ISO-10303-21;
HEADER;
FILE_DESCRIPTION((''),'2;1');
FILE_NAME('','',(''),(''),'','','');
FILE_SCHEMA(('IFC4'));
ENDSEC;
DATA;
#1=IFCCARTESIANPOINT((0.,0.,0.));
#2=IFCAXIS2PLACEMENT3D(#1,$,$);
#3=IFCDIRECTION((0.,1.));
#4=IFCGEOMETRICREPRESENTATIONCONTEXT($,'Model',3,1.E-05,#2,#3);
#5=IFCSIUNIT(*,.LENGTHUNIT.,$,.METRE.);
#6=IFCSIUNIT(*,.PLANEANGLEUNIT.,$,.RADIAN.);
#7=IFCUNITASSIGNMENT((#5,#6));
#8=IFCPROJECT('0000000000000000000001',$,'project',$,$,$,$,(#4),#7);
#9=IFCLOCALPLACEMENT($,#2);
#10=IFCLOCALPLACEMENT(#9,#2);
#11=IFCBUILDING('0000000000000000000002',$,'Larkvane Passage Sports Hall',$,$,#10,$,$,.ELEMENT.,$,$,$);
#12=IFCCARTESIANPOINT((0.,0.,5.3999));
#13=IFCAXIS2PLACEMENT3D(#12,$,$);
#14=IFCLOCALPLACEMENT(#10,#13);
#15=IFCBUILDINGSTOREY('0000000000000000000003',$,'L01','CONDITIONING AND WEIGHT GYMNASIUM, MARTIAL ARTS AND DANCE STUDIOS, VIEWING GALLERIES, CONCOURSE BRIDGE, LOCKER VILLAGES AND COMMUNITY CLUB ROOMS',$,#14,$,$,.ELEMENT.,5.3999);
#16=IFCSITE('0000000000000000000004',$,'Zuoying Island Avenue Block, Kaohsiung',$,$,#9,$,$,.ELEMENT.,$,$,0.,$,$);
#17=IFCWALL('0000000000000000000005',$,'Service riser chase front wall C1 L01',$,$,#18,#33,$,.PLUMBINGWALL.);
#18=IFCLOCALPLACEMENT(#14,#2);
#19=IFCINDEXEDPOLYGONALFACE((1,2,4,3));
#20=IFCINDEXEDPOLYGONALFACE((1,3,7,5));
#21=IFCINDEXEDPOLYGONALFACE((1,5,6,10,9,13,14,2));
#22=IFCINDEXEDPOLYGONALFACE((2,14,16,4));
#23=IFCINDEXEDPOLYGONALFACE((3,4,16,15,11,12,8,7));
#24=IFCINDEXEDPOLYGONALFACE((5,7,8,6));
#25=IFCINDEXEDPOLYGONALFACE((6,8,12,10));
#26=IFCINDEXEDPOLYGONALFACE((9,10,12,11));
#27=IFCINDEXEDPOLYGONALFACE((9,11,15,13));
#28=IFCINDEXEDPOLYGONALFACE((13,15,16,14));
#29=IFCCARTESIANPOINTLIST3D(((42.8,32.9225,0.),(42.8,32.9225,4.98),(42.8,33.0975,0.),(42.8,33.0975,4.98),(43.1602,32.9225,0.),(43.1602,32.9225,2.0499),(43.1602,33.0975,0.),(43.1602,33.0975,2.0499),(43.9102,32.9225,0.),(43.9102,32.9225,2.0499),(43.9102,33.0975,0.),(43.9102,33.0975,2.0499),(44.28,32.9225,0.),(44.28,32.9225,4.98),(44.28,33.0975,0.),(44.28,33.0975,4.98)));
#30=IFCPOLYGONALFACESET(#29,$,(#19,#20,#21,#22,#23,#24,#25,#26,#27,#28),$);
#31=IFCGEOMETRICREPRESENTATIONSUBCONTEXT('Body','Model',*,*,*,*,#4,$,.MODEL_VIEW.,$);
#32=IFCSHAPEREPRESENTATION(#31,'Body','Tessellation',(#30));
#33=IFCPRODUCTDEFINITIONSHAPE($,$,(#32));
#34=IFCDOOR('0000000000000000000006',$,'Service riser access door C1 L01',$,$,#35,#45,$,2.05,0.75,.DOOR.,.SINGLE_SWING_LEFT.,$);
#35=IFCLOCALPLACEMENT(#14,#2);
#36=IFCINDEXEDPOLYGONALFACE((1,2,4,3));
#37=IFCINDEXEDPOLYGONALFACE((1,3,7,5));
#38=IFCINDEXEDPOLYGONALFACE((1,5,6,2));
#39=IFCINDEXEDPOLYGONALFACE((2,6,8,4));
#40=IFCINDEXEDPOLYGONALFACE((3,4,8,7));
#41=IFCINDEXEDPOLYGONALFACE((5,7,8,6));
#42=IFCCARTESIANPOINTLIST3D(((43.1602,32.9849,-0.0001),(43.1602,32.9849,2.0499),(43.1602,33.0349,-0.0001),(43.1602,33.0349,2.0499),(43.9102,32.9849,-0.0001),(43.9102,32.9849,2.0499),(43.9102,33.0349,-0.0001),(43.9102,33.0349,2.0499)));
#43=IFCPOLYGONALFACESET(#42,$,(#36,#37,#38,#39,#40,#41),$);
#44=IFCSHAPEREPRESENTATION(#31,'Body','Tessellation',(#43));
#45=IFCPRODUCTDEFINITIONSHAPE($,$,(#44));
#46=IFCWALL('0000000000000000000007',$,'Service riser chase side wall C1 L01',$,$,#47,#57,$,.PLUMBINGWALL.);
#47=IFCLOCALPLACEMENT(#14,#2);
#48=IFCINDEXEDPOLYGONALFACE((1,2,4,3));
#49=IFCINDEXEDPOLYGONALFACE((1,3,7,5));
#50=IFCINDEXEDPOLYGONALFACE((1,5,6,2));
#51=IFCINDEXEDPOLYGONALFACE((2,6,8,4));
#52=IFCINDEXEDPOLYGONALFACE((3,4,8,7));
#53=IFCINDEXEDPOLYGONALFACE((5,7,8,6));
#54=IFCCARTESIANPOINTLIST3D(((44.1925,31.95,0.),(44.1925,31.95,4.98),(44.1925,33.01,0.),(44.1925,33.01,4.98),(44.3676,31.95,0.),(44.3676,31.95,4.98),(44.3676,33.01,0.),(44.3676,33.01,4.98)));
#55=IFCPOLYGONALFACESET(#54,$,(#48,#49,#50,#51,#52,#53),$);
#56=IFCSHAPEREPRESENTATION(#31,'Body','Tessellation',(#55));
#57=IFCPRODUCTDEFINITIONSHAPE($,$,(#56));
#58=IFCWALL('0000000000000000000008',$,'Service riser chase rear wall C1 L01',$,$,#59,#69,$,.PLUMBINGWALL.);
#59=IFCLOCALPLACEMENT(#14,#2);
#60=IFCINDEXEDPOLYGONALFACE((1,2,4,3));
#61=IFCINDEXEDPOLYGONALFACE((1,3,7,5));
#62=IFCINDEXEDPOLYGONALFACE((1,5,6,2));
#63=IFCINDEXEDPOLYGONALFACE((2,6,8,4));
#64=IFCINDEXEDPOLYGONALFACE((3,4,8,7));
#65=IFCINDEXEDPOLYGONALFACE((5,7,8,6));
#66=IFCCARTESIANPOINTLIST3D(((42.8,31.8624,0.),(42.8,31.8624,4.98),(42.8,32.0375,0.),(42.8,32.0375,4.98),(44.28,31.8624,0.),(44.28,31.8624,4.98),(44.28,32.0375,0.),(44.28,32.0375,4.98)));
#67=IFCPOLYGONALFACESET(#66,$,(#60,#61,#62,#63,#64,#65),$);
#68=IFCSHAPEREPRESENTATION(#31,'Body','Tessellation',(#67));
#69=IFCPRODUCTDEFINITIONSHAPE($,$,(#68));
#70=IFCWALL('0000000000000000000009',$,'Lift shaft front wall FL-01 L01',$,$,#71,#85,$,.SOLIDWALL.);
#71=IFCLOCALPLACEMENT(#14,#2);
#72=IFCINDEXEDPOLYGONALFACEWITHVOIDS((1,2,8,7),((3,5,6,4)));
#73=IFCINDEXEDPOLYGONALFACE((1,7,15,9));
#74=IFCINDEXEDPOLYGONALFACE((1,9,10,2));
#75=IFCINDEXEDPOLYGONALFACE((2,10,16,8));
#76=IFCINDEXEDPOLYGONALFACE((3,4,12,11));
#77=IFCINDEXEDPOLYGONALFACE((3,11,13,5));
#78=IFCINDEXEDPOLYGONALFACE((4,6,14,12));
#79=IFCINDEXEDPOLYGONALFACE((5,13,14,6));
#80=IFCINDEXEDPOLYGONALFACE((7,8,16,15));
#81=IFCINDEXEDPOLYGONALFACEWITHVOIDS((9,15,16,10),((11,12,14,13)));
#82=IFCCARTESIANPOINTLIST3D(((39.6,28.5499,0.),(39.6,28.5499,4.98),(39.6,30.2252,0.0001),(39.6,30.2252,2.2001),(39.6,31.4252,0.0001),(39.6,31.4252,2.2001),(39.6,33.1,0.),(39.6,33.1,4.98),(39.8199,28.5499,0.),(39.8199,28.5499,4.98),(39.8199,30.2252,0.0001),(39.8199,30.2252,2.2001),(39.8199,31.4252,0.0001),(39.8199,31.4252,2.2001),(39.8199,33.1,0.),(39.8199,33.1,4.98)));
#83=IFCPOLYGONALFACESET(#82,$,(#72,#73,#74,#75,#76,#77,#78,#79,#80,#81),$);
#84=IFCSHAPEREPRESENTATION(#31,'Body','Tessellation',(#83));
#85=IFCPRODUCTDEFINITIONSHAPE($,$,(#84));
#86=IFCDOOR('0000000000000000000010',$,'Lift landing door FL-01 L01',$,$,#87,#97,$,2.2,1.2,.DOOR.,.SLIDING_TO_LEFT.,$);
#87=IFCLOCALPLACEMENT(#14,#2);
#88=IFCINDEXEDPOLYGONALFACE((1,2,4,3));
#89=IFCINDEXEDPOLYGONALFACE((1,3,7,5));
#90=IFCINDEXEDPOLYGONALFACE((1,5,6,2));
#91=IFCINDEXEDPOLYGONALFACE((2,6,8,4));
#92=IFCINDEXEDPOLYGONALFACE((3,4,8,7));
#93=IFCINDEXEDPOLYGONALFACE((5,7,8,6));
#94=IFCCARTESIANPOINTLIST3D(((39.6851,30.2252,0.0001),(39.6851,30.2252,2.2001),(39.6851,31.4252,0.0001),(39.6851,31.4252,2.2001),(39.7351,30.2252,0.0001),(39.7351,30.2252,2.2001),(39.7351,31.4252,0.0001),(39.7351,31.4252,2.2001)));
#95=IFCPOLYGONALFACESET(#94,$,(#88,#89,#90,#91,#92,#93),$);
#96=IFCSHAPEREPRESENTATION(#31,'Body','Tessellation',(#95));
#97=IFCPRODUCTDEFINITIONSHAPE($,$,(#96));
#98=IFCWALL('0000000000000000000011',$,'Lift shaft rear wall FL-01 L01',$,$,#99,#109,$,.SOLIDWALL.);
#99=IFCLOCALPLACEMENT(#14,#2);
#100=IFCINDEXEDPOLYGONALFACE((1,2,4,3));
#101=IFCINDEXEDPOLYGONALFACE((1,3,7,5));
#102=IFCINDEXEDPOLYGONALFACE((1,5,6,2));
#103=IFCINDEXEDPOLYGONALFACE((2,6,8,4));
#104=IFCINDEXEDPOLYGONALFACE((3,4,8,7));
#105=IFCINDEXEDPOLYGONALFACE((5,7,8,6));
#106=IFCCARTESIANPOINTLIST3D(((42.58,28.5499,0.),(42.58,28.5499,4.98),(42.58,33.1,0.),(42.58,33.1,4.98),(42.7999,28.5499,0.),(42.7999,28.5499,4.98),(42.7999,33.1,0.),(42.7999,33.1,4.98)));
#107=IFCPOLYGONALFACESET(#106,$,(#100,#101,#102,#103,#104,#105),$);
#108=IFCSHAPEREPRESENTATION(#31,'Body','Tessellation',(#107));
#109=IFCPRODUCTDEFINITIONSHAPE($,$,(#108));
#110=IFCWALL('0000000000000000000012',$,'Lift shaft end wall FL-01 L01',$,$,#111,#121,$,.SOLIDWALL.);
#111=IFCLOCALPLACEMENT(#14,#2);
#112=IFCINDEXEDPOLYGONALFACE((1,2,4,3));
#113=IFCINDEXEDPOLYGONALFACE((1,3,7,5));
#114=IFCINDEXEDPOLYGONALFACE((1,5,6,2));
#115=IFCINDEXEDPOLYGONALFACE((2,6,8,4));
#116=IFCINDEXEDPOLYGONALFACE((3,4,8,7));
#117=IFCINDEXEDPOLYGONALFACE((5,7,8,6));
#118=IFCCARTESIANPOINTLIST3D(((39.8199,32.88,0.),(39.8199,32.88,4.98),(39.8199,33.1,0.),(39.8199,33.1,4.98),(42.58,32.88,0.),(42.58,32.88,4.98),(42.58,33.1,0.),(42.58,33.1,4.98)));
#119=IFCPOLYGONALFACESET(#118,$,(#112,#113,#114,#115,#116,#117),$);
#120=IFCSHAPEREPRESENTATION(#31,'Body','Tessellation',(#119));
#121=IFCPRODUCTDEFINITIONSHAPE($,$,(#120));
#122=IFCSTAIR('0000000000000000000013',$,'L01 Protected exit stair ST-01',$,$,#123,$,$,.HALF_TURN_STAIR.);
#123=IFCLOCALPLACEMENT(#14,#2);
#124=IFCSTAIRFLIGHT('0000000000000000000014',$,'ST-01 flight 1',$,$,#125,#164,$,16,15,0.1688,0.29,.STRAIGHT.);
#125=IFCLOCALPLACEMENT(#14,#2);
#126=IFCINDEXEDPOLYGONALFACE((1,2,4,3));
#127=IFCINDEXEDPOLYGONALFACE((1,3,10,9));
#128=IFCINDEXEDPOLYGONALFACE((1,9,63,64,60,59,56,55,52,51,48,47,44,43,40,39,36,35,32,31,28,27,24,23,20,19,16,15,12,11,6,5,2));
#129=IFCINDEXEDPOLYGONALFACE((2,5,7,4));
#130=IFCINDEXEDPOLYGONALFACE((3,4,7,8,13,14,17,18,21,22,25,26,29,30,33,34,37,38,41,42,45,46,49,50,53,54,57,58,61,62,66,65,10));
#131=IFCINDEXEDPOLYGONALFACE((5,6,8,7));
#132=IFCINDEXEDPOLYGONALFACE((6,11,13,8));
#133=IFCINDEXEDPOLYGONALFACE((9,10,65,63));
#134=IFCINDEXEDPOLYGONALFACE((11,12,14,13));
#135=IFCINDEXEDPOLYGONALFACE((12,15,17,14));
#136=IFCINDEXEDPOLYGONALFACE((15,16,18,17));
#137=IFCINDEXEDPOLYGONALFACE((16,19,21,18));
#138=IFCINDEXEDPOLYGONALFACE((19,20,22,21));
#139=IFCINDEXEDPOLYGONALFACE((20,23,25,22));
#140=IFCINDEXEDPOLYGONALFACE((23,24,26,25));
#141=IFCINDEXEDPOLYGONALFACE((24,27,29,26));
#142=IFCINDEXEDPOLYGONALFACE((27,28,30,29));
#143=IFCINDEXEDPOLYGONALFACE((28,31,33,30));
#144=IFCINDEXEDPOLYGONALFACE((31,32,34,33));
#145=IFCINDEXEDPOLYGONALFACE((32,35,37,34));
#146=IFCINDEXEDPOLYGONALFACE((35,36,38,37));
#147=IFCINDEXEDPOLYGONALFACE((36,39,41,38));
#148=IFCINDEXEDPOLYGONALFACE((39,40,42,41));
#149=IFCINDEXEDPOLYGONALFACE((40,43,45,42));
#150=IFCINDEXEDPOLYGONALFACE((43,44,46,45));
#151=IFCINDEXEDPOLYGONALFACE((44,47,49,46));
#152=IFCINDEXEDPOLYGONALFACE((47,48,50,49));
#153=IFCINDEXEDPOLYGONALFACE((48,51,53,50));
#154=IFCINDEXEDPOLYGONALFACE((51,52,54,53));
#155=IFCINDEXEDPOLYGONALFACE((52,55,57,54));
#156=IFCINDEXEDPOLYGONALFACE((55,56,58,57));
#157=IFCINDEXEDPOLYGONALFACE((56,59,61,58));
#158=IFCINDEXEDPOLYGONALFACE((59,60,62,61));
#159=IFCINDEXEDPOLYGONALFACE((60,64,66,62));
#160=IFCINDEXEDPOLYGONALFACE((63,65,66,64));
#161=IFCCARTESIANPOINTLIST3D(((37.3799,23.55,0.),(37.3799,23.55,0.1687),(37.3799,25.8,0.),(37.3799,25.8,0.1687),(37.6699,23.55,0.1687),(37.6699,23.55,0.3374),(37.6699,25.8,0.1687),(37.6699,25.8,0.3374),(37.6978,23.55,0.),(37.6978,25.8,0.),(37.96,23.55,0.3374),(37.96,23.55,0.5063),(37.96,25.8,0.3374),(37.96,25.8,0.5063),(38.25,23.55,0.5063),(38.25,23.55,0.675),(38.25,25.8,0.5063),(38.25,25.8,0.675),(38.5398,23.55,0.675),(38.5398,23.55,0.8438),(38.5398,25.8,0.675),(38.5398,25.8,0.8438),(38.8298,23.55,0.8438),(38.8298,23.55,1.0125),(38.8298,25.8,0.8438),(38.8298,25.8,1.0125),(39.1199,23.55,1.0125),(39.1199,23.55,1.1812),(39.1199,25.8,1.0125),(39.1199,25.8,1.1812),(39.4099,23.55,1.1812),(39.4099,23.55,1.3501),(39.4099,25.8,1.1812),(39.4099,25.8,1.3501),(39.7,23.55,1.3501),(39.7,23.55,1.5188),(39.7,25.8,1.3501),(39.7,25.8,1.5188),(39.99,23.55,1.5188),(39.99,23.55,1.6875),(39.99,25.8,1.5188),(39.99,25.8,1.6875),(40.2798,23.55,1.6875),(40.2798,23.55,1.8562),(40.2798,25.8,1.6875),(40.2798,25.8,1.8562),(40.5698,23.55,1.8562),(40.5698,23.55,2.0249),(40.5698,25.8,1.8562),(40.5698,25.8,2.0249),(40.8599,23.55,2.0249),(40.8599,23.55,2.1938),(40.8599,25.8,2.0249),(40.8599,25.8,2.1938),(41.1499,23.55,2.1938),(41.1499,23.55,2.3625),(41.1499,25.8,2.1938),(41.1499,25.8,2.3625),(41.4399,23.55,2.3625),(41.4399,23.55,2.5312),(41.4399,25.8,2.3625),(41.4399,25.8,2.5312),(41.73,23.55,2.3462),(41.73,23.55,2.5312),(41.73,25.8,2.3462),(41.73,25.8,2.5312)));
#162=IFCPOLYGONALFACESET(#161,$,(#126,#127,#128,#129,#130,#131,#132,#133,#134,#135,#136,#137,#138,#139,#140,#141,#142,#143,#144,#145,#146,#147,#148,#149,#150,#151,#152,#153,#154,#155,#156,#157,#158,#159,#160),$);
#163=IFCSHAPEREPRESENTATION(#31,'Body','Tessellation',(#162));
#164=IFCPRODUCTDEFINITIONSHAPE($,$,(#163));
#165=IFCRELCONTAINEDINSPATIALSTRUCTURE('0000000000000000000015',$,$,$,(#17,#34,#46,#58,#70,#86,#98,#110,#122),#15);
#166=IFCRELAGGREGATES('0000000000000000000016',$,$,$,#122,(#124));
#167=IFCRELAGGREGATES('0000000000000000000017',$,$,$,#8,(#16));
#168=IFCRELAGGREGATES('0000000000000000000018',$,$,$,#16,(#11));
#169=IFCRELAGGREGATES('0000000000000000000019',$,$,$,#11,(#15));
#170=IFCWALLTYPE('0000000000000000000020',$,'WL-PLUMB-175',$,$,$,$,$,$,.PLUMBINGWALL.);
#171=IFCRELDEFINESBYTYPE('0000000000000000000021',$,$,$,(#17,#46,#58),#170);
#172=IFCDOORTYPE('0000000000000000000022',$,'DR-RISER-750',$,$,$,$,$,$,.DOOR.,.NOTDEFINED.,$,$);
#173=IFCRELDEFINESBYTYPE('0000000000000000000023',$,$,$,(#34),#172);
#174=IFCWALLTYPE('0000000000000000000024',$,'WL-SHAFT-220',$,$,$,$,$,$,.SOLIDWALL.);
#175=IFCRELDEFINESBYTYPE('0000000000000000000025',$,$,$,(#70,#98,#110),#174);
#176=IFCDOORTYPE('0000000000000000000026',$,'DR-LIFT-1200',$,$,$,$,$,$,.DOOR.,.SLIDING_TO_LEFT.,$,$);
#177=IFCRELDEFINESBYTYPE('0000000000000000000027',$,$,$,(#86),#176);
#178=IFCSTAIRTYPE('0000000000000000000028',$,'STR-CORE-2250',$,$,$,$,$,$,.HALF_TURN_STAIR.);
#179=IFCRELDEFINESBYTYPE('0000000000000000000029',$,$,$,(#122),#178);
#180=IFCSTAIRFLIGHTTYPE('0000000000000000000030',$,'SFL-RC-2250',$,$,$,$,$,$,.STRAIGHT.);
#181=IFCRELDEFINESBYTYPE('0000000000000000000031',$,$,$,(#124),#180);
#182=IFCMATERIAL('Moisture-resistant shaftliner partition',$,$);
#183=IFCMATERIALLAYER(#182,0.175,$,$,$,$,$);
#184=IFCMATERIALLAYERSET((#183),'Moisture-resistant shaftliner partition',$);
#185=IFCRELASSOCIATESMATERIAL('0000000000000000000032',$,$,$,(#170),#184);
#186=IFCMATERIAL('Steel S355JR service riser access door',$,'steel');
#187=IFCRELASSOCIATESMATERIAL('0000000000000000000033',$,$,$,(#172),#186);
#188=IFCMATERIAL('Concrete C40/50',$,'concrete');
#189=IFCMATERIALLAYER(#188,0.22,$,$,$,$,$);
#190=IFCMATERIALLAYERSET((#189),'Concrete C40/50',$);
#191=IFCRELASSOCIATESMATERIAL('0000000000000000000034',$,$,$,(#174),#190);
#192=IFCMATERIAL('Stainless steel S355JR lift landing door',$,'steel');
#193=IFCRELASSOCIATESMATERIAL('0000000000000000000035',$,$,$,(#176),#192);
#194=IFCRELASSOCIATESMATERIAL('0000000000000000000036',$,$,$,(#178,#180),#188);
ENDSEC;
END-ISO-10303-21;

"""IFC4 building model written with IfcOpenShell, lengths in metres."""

from ifc_helpers import new_model, si_unit, direction, frame, frame_2d, origin, place, context, subcontext, project, spatial, polyline, rectangle, outline, extrude, material, layer, layer_set, type_object, element, fill, aggregate, save


model = new_model("IFC4")

# Units and contexts
model_context = context("Model", 3, precision=1e-05, world=origin(), true_north=direction((0.0, 1.0)))
body_context = subcontext(model_context, "Body", "Model", "MODEL_VIEW")
ifc_project = project(units=[si_unit("LENGTHUNIT", "METRE"), si_unit("PLANEANGLEUNIT", "RADIAN")], contexts=[model_context])

# Site, building, storey
site_placement = place(None, origin())
site = spatial("IfcSite", under=ifc_project, at=site_placement, Name="Zuoying Island Avenue Block, Kaohsiung", CompositionType="ELEMENT", RefElevation=0.0)
building_placement = place(site_placement, origin())
building = spatial("IfcBuilding", under=site, at=building_placement, Name="Larkvane Passage Sports Hall", CompositionType="ELEMENT")
storey_placement = place(building_placement, frame((0.0, 0.0, 5.3999)))
storey = spatial("IfcBuildingStorey", under=building, at=storey_placement, Name="L01", Description="CONDITIONING AND WEIGHT GYMNASIUM, MARTIAL ARTS AND DANCE STUDIOS, VIEWING GALLERIES, CONCOURSE BRIDGE, LOCKER VILLAGES AND COMMUNITY CLUB ROOMS", CompositionType="ELEMENT", Elevation=5.3999)

# Wall, opening, door
ifc_material_1 = material(Name="Moisture-resistant shaftliner partition")
ifc_layer_1 = layer(ifc_material_1, 0.175)
ifc_layer_set_1 = layer_set([ifc_layer_1], Name="Moisture-resistant shaftliner partition")
wall_type_1 = type_object("IfcWallType", Name="WL-PLUMB-175", PredefinedType="PLUMBINGWALL", material=ifc_layer_set_1)
wall_1_placement = place(storey_placement, frame((42.8, 33.01, 0.0), z_axis=(0.0, 0.0, 1.0), x_axis=(1.0, 0.0, 0.0)))
wall_1 = element("IfcWall", 1, at=wall_1_placement, inside=storey, type_object=wall_type_1, Name="Service riser chase front wall C1 L01", PredefinedType="PLUMBINGWALL", context=body_context, shape_type="SweptSolid", body=[
    extrude(rectangle(XDim=1.48, YDim=0.175, at=frame_2d((0.74, 0.0))), origin(), (0.0, 0.0, 1.0), 4.98),
])
opening_1_placement = place(wall_1_placement, frame((0.3601, 0.0, 0.0)))
opening_1 = element("IfcOpeningElement", 2, at=opening_1_placement, cuts=wall_1, PredefinedType="OPENING", context=body_context, shape_type="SweptSolid", body=[
    extrude(rectangle(XDim=0.75, YDim=2.05, at=frame_2d((0.375, 1.0249))), frame((0.0, 0.0974, 0.0), z_axis=(0.0, -1.0, 0.0), x_axis=(1.0, 0.0, 0.0)), (0.0, 0.0, 1.0), 0.1951),
])
ifc_material_2 = material(Name="Steel S355JR service riser access door", Category="steel")
door_type_1 = type_object("IfcDoorType", Name="DR-RISER-750", OperationType="NOTDEFINED", PredefinedType="DOOR", material=ifc_material_2)
door_1_placement = place(opening_1_placement, origin())
door_1 = element("IfcDoor", 3, at=door_1_placement, inside=storey, type_object=door_type_1, Name="Service riser access door C1 L01", OperationType="SINGLE_SWING_LEFT", OverallHeight=2.05, OverallWidth=0.75, PredefinedType="DOOR", context=body_context, shape_type="SweptSolid", body=[
    extrude(rectangle(XDim=0.75, YDim=2.05, at=frame_2d((0.375, 1.0249))), frame((0.0, 0.0249, 0.0), z_axis=(0.0, -1.0, 0.0), x_axis=(1.0, 0.0, 0.0)), (0.0, 0.0, 1.0), 0.05),
])
fill(opening_1, door_1)

# Walls
wall_2_placement = place(storey_placement, frame((44.28, 31.95, 0.0), z_axis=(0.0, 0.0, 1.0), x_axis=(0.0, 1.0, 0.0)))
element("IfcWall", 4, at=wall_2_placement, inside=storey, type_object=wall_type_1, Name="Service riser chase side wall C1 L01", PredefinedType="PLUMBINGWALL", context=body_context, shape_type="SweptSolid", body=[
    extrude(rectangle(XDim=1.0601, YDim=0.175, at=frame_2d((0.53, 0.0))), origin(), (0.0, 0.0, 1.0), 4.98),
])
wall_3_placement = place(storey_placement, frame((42.8, 31.95, 0.0), z_axis=(0.0, 0.0, 1.0), x_axis=(1.0, 0.0, 0.0)))
element("IfcWall", 5, at=wall_3_placement, inside=storey, type_object=wall_type_1, Name="Service riser chase rear wall C1 L01", PredefinedType="PLUMBINGWALL", context=body_context, shape_type="SweptSolid", body=[
    extrude(rectangle(XDim=1.48, YDim=0.175, at=frame_2d((0.74, 0.0))), origin(), (0.0, 0.0, 1.0), 4.98),
])

# Wall, opening, door
ifc_material_3 = material(Name="Concrete C40/50", Category="concrete")
ifc_layer_2 = layer(ifc_material_3, 0.22)
ifc_layer_set_2 = layer_set([ifc_layer_2], Name="Concrete C40/50")
wall_type_2 = type_object("IfcWallType", Name="WL-SHAFT-220", PredefinedType="SOLIDWALL", material=ifc_layer_set_2)
wall_4_placement = place(storey_placement, frame((39.71, 28.55, 0.0), z_axis=(0.0, 0.0, 1.0), x_axis=(0.0, 1.0, 0.0)))
wall_4 = element("IfcWall", 6, at=wall_4_placement, inside=storey, type_object=wall_type_2, Name="Lift shaft front wall FL-01 L01", PredefinedType="SOLIDWALL", context=body_context, shape_type="SweptSolid", body=[
    extrude(rectangle(XDim=4.55, YDim=0.22, at=frame_2d((2.2749, 0.0))), origin(), (0.0, 0.0, 1.0), 4.98),
])
opening_2_placement = place(wall_4_placement, frame((1.675, 0.0, 0.0)))
opening_2 = element("IfcOpeningElement", 7, at=opening_2_placement, cuts=wall_4, PredefinedType="OPENING", context=body_context, shape_type="SweptSolid", body=[
    extrude(rectangle(XDim=1.2, YDim=2.2, at=frame_2d((0.6001, 1.1001))), frame((0.0, 0.1199, 0.0), z_axis=(0.0, -1.0, 0.0), x_axis=(1.0, 0.0, 0.0)), (0.0, 0.0, 1.0), 0.24),
])
ifc_material_4 = material(Name="Stainless steel S355JR lift landing door", Category="steel")
door_type_2 = type_object("IfcDoorType", Name="DR-LIFT-1200", OperationType="SLIDING_TO_LEFT", PredefinedType="DOOR", material=ifc_material_4)
door_2_placement = place(opening_2_placement, origin())
door_2 = element("IfcDoor", 8, at=door_2_placement, inside=storey, type_object=door_type_2, Name="Lift landing door FL-01 L01", OperationType="SLIDING_TO_LEFT", OverallHeight=2.2, OverallWidth=1.2, PredefinedType="DOOR", context=body_context, shape_type="SweptSolid", body=[
    extrude(rectangle(XDim=1.2, YDim=2.2, at=frame_2d((0.6001, 1.1001))), frame((0.0, 0.0249, 0.0), z_axis=(0.0, -1.0, 0.0), x_axis=(1.0, 0.0, 0.0)), (0.0, 0.0, 1.0), 0.05),
])
fill(opening_2, door_2)

# Walls
wall_5_placement = place(storey_placement, frame((42.6899, 28.55, 0.0), z_axis=(0.0, 0.0, 1.0), x_axis=(0.0, 1.0, 0.0)))
element("IfcWall", 9, at=wall_5_placement, inside=storey, type_object=wall_type_2, Name="Lift shaft rear wall FL-01 L01", PredefinedType="SOLIDWALL", context=body_context, shape_type="SweptSolid", body=[
    extrude(rectangle(XDim=4.55, YDim=0.22, at=frame_2d((2.2749, 0.0))), origin(), (0.0, 0.0, 1.0), 4.98),
])
wall_6_placement = place(storey_placement, frame((39.8201, 32.99, 0.0), z_axis=(0.0, 0.0, 1.0), x_axis=(1.0, 0.0, 0.0)))
element("IfcWall", 10, at=wall_6_placement, inside=storey, type_object=wall_type_2, Name="Lift shaft end wall FL-01 L01", PredefinedType="SOLIDWALL", context=body_context, shape_type="SweptSolid", body=[
    extrude(rectangle(XDim=2.76, YDim=0.22, at=frame_2d((1.3799, 0.0))), origin(), (0.0, 0.0, 1.0), 4.98),
])

# Stair, stair flight
stair_type = type_object("IfcStairType", Name="STR-CORE-2250", PredefinedType="HALF_TURN_STAIR", material=ifc_material_3)
stair_placement = place(storey_placement, origin())
stair = element("IfcStair", 11, at=stair_placement, inside=storey, type_object=stair_type, Name="L01 Protected exit stair ST-01", PredefinedType="HALF_TURN_STAIR")
stair_flight_type = type_object("IfcStairFlightType", Name="SFL-RC-2250", PredefinedType="STRAIGHT", material=ifc_material_3)
stair_flight_1_placement = place(storey_placement, frame((37.3799, 24.675, 0.0), z_axis=(0.0, 0.0, 1.0), x_axis=(1.0, 0.0, 0.0)))
stair_flight_1 = element("IfcStairFlight", 12, at=stair_flight_1_placement, type_object=stair_flight_type, Name="ST-01 flight 1", NumberOfRisers=16, NumberOfTreads=15, PredefinedType="STRAIGHT", RiserHeight=0.1688, TreadLength=0.29, context=body_context, shape_type="SweptSolid", body=[
    extrude(outline(polyline([(0.0, 0.0), (0.0, 0.1687), (0.29, 0.1687), (0.29, 0.3374), (0.5801, 0.3374), (0.5801, 0.5063), (0.8701, 0.5063), (0.8701, 0.675), (1.1599, 0.675), (1.1599, 0.8438), (1.45, 0.8438), (1.45, 1.0125), (1.74, 1.0125), (1.74, 1.1812), (2.03, 1.1812), (2.03, 1.3501), (2.3201, 1.3501), (2.3201, 1.5188), (2.6101, 1.5188), (2.6101, 1.6875), (2.8999, 1.6875), (2.8999, 1.8562), (3.1899, 1.8562), (3.1899, 2.0249), (3.48, 2.0249), (3.48, 2.1938), (3.77, 2.1938), (3.77, 2.3625), (4.0601, 2.3625), (4.0601, 2.5312), (4.3501, 2.5312), (4.3501, 2.7), (4.3501, 2.3462), (0.3179, 0.0), (0.0, 0.0)])), frame((0.0, 1.125, 0.0), z_axis=(0.0, -1.0, 0.0), x_axis=(1.0, 0.0, 0.0)), (0.0, 0.0, 1.0), 2.25),
])
aggregate(stair, [stair_flight_1])

save(model, "model.ifc")
